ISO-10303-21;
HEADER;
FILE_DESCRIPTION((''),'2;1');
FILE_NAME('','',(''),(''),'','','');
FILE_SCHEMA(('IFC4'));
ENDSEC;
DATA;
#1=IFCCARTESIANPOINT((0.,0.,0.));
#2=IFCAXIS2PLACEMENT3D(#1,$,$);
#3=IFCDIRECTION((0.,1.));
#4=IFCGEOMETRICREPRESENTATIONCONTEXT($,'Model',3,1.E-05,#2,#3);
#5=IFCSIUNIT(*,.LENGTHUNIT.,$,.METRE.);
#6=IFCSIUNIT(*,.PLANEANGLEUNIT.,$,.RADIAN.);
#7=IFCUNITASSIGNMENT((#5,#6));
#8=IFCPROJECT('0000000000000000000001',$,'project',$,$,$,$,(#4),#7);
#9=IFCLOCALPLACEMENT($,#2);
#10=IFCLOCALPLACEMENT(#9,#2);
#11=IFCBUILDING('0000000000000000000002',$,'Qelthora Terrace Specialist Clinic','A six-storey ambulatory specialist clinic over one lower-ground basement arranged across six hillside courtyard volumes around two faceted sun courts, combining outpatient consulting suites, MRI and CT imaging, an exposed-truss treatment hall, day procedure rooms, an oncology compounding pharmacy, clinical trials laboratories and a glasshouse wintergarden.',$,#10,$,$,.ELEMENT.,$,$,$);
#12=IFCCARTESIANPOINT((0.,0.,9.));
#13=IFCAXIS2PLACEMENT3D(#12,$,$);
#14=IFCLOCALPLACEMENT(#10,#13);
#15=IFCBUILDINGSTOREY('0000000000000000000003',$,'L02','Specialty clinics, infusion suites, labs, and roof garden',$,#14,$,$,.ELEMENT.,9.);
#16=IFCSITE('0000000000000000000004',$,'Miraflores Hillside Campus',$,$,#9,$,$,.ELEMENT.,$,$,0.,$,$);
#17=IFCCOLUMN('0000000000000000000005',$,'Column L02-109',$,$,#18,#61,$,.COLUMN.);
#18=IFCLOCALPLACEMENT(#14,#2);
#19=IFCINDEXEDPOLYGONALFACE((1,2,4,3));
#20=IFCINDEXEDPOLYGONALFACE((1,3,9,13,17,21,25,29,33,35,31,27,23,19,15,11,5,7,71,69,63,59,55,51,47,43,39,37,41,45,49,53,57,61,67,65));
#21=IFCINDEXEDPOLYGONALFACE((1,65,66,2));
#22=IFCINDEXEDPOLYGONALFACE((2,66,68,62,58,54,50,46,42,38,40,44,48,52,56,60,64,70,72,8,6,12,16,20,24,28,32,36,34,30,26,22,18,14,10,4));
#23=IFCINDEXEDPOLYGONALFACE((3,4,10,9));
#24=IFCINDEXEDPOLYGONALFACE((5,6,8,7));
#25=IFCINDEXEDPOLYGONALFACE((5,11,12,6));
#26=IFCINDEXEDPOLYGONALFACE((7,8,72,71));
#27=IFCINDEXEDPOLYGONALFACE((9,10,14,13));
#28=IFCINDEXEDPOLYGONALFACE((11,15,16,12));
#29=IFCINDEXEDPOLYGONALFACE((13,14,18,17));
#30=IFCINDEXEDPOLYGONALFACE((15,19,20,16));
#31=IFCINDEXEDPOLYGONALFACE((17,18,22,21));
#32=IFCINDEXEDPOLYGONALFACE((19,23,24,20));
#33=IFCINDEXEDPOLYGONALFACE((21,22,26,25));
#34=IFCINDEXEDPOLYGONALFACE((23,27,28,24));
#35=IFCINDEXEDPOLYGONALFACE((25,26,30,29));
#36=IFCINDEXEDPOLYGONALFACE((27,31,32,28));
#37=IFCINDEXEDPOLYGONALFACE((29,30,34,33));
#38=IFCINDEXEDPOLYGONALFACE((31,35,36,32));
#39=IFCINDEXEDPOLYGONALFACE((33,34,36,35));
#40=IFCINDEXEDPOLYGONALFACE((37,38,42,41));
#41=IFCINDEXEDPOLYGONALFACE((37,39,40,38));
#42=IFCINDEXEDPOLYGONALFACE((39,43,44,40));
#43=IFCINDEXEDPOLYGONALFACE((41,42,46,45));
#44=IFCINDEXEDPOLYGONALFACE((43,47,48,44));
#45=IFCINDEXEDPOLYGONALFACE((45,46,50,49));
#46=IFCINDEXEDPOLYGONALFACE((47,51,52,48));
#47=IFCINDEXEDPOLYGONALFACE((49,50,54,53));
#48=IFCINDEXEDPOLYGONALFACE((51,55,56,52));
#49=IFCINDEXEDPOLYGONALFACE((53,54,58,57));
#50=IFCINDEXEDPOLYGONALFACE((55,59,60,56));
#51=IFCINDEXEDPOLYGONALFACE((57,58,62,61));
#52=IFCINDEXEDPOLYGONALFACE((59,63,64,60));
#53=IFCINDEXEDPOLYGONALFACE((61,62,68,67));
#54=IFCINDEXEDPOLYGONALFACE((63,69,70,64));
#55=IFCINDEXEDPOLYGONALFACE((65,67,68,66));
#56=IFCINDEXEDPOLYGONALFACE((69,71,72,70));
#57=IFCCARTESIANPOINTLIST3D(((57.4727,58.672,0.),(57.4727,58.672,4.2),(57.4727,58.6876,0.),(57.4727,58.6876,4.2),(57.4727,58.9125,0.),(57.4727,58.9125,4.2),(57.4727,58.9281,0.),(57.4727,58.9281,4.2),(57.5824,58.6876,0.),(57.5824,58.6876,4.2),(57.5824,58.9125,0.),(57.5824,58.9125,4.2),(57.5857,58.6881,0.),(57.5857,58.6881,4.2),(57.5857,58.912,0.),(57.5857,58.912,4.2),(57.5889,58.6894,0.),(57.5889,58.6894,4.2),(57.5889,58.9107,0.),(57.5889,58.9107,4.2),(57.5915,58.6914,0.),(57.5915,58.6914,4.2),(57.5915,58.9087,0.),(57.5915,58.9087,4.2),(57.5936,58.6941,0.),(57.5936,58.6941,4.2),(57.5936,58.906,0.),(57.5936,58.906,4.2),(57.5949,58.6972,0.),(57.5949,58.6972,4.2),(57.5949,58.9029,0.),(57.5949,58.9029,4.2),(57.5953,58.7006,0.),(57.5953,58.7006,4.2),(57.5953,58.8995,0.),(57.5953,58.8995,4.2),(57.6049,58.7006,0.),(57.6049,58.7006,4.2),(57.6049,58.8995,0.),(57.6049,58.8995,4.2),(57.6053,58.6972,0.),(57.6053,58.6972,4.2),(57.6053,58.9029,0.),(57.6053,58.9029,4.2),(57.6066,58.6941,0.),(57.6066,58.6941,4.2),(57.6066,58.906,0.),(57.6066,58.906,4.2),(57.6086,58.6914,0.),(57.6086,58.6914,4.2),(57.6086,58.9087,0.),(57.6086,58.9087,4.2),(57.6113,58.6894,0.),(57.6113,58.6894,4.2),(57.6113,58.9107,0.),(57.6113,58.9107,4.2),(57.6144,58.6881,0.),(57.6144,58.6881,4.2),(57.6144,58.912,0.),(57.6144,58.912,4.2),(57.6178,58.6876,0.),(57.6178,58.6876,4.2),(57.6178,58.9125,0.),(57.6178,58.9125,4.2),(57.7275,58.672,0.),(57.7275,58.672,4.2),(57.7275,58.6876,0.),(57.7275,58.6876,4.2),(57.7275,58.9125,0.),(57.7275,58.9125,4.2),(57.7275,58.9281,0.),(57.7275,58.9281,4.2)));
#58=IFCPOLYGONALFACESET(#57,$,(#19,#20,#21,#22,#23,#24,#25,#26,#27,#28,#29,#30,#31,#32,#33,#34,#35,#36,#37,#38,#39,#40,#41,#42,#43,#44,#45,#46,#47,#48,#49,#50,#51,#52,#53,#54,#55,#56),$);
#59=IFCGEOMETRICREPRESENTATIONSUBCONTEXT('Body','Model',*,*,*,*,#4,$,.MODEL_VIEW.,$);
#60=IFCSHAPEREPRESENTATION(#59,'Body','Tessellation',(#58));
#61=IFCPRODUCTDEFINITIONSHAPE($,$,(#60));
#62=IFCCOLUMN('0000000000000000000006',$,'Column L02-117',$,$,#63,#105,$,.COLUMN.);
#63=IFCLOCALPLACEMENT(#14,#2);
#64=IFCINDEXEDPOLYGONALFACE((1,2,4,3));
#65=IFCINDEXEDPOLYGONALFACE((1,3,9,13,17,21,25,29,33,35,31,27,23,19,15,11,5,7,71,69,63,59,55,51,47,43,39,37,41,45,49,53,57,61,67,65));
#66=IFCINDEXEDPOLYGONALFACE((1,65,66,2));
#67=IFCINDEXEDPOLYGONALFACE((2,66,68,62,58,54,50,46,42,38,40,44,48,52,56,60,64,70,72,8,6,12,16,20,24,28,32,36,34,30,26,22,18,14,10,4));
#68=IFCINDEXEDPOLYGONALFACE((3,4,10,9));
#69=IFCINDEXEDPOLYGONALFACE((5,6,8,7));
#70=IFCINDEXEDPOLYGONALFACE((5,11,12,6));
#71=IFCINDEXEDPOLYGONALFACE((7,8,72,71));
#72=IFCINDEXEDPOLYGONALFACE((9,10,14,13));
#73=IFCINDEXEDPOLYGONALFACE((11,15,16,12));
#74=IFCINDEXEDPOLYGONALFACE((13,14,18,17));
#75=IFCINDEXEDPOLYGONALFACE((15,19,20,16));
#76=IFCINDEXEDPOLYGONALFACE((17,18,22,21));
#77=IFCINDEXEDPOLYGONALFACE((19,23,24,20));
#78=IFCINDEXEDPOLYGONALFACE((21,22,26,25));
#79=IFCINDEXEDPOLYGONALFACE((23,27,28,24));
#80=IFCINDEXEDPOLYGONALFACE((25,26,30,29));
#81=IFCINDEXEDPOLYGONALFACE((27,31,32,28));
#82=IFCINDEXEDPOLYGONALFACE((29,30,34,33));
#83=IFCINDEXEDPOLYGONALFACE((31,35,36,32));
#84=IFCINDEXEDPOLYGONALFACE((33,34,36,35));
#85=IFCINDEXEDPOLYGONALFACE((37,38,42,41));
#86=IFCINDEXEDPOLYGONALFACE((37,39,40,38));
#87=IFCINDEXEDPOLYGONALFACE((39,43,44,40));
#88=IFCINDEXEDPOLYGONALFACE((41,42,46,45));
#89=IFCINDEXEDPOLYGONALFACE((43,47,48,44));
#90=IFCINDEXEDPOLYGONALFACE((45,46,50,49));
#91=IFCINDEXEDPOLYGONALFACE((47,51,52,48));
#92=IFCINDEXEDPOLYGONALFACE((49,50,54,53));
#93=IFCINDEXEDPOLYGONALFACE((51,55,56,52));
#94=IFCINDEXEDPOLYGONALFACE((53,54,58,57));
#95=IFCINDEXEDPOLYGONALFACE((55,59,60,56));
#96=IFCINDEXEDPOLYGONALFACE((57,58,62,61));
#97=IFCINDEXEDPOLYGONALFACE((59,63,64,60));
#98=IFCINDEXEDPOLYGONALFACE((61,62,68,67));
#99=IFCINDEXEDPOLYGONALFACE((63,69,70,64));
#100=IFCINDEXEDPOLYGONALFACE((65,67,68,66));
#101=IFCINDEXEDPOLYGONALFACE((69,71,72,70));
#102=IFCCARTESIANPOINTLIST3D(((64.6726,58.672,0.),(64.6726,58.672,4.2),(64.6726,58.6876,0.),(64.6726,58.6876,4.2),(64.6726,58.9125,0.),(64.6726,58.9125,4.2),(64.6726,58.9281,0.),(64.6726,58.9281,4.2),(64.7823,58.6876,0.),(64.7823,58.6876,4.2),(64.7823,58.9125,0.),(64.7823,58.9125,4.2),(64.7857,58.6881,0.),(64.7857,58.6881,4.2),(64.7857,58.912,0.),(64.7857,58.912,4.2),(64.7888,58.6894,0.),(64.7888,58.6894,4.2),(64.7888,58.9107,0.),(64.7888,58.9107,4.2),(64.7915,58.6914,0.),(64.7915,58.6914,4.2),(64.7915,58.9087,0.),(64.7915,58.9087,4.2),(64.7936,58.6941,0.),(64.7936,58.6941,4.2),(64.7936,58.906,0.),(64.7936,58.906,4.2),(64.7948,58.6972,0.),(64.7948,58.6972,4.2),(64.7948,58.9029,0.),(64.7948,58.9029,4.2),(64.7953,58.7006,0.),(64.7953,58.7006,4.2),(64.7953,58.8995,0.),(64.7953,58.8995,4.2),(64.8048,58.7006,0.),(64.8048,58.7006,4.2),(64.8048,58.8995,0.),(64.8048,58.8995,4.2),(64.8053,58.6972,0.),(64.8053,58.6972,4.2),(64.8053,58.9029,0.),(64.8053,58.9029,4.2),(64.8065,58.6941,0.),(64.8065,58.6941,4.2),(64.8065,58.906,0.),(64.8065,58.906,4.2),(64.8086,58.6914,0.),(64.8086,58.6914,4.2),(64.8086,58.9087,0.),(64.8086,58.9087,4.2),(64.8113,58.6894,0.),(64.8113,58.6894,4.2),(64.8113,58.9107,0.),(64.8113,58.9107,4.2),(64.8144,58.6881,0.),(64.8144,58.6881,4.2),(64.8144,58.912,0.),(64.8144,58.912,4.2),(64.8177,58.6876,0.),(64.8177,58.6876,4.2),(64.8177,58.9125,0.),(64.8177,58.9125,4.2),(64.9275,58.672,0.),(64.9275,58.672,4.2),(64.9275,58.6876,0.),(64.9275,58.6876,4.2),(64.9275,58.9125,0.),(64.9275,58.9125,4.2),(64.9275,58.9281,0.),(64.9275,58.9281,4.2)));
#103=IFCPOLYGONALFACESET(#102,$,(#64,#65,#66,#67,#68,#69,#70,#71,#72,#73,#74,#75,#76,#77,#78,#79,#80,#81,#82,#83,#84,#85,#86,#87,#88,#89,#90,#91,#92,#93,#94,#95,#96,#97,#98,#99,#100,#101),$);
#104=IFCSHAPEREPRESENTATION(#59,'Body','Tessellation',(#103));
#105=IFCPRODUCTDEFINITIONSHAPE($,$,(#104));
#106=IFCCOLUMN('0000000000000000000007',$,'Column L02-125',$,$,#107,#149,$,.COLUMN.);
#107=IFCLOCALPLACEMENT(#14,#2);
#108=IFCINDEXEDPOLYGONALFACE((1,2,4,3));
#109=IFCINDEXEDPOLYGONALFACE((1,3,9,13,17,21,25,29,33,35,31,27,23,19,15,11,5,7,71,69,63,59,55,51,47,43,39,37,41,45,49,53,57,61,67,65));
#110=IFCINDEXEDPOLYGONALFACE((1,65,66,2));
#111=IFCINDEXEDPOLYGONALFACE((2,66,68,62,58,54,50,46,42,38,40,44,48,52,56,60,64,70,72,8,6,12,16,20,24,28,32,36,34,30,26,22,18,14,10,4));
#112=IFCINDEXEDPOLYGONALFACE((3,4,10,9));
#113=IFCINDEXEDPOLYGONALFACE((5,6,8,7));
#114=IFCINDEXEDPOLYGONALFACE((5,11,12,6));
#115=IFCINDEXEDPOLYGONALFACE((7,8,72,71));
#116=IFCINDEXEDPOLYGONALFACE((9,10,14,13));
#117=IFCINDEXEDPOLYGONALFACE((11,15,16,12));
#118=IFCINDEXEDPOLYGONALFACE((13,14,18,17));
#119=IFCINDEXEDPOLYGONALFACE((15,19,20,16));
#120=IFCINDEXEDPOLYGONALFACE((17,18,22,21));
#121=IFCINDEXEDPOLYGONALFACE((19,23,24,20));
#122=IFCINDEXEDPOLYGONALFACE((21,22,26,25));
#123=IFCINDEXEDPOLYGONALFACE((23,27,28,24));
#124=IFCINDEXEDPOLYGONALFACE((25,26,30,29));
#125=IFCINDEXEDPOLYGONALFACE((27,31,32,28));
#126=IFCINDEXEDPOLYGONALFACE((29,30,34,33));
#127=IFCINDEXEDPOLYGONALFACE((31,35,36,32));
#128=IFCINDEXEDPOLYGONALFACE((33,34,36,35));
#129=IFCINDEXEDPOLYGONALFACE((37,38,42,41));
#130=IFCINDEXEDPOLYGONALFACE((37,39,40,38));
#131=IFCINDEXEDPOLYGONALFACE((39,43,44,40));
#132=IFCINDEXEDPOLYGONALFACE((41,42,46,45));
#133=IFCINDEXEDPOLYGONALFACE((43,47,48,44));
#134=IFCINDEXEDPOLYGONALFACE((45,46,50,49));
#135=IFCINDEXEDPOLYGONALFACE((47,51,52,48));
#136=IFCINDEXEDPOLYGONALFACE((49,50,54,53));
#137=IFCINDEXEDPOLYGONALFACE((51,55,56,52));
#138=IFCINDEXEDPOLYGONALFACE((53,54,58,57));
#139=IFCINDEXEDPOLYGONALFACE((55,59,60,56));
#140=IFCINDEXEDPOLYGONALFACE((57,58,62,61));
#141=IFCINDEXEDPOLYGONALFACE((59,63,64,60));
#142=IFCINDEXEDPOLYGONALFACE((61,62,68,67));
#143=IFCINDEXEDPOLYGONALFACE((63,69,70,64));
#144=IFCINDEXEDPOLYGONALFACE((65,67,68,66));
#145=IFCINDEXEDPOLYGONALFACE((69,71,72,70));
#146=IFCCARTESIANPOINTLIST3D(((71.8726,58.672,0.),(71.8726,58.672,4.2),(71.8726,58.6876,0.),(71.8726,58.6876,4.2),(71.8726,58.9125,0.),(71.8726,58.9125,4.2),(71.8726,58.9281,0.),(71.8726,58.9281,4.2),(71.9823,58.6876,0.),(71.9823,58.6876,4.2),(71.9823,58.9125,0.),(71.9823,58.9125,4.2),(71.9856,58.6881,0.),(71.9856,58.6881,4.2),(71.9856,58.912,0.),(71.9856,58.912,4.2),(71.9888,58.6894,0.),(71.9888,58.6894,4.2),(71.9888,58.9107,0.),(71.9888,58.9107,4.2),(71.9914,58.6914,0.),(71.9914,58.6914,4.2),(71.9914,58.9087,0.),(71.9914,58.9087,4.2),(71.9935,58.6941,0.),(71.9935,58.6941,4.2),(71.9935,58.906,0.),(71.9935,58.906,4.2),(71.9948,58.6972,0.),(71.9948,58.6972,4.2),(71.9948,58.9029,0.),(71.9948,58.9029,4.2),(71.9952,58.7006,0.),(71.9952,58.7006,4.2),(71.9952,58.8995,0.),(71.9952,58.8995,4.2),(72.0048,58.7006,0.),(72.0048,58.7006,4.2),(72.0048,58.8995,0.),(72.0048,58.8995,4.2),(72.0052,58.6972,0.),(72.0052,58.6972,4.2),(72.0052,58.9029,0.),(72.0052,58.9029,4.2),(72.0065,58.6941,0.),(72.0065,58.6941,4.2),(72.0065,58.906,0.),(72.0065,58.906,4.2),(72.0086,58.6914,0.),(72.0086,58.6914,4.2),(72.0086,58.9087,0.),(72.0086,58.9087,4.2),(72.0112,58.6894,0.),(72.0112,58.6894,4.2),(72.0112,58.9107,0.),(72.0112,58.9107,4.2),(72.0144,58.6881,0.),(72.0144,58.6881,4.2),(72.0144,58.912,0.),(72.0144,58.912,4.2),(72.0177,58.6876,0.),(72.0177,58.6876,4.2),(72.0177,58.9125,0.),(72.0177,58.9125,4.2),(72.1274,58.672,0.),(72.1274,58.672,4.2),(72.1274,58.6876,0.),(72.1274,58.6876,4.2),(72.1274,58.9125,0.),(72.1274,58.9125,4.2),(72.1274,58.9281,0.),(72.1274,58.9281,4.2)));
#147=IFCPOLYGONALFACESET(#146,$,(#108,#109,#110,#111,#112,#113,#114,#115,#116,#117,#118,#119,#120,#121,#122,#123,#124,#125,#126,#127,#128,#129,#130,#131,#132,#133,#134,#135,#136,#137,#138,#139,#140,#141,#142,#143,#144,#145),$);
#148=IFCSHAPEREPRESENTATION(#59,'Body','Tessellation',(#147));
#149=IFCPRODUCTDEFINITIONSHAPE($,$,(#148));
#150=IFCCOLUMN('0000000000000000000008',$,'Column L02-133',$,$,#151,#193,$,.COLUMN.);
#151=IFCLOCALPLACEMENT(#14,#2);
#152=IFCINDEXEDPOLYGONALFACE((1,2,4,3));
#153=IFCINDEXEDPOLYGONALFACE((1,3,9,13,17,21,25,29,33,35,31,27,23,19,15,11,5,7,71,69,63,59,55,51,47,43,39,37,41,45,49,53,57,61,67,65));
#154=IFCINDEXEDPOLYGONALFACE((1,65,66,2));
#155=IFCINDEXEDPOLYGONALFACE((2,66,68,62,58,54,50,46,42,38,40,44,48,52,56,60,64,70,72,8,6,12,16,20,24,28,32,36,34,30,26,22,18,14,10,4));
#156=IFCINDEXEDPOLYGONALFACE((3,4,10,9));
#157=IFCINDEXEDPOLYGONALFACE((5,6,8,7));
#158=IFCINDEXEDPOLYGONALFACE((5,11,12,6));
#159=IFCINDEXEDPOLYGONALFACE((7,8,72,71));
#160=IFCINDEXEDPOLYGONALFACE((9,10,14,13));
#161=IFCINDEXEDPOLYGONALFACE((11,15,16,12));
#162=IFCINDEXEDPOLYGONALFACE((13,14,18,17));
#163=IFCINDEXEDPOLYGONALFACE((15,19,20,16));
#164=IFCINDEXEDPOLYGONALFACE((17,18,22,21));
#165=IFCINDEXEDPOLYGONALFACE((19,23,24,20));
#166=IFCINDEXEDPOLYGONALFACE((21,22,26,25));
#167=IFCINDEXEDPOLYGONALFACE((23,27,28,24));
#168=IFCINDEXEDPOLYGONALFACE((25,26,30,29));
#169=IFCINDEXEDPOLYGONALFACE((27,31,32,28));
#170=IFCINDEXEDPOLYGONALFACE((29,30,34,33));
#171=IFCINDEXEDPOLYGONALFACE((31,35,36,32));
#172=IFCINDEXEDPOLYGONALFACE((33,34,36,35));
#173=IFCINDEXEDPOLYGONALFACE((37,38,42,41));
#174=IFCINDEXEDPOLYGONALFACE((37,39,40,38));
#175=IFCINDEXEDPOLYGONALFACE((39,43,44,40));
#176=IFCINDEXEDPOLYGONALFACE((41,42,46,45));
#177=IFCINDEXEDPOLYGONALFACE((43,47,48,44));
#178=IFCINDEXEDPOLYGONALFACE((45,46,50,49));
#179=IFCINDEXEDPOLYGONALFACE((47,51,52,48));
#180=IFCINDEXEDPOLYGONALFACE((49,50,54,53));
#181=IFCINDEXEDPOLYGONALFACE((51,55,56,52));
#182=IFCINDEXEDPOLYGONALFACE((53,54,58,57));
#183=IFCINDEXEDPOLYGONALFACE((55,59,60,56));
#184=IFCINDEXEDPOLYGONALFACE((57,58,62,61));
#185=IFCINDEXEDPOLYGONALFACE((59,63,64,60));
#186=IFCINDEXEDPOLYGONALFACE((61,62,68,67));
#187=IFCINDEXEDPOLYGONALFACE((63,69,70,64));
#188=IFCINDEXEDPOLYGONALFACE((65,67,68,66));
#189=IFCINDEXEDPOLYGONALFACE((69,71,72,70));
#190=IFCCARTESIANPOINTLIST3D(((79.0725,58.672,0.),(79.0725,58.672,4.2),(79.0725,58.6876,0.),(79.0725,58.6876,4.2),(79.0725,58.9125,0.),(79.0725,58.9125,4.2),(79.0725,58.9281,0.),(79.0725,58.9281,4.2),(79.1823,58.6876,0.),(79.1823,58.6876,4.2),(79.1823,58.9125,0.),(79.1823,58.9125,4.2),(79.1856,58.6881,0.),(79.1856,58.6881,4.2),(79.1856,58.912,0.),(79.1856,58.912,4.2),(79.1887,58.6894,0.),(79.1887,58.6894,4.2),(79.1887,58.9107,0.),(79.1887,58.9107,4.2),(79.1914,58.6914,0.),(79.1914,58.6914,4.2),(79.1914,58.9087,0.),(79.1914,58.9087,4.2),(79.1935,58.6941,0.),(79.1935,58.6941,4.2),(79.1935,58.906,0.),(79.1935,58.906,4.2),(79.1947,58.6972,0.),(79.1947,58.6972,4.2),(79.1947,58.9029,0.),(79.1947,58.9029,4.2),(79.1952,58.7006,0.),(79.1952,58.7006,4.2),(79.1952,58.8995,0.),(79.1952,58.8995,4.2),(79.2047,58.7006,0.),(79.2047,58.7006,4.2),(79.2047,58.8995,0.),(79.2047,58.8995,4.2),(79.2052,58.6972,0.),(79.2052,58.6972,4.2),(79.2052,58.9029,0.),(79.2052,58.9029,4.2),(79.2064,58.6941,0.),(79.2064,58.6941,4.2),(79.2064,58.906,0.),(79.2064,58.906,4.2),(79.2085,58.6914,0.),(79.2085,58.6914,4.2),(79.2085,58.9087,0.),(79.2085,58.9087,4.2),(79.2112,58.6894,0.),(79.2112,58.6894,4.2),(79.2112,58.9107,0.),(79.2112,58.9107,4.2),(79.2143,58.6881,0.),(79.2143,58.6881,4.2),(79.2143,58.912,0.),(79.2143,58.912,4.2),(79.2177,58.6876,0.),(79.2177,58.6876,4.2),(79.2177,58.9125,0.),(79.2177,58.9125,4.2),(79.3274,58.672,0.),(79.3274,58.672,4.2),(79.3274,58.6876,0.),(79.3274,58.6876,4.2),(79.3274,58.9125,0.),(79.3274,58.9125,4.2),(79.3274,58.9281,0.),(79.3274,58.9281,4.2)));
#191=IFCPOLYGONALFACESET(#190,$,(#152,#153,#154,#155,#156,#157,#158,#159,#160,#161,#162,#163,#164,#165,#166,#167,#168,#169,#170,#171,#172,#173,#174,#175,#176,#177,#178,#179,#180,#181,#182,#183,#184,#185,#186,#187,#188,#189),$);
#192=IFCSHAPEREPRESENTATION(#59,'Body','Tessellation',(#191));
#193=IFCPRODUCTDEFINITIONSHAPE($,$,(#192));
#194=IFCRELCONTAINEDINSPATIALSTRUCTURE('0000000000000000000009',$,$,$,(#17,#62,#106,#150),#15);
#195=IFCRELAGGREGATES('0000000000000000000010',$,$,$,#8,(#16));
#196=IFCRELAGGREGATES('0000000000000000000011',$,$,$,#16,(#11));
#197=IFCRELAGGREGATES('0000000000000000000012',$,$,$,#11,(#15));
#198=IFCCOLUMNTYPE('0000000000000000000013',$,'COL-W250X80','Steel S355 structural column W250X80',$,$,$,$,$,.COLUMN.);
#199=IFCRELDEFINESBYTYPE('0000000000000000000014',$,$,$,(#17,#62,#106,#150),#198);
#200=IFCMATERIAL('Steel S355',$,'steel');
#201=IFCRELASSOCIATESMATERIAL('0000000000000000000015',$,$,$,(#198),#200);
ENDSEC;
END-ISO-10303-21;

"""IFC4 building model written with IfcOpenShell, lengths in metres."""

from ifc_helpers import new_model, si_unit, direction, frame, origin, origin_2d, place, context, subcontext, project, spatial, i_section, extrude, material, material_profile, profile_set, type_object, element, save


model = new_model("IFC4")

# Units and contexts
model_context = context("Model", 3, precision=1e-05, world=origin(), true_north=direction((0.0, 1.0)))
body_context = subcontext(model_context, "Body", "Model", "MODEL_VIEW")
ifc_project = project(units=[si_unit("LENGTHUNIT", "METRE"), si_unit("PLANEANGLEUNIT", "RADIAN")], contexts=[model_context])

# Site, building, storey
site_placement = place(None, origin())
site = spatial("IfcSite", under=ifc_project, at=site_placement, Name="Miraflores Hillside Campus", CompositionType="ELEMENT", RefElevation=0.0)
building_placement = place(site_placement, origin())
building = spatial("IfcBuilding", under=site, at=building_placement, Name="Qelthora Terrace Specialist Clinic", Description="A six-storey ambulatory specialist clinic over one lower-ground basement arranged across six hillside courtyard volumes around two faceted sun courts, combining outpatient consulting suites, MRI and CT imaging, an exposed-truss treatment hall, day procedure rooms, an oncology compounding pharmacy, clinical trials laboratories and a glasshouse wintergarden.", CompositionType="ELEMENT")
storey_placement = place(building_placement, frame((0.0, 0.0, 9.0)))
storey = spatial("IfcBuildingStorey", under=building, at=storey_placement, Name="L02", Description="Specialty clinics, infusion suites, labs, and roof garden", CompositionType="ELEMENT", Elevation=9.0)

# Columns
ifc_material = material(Name="Steel S355", Category="steel")
ifc_material_profile_1 = material_profile(ifc_material, i_section(OverallWidth=0.2549, OverallDepth=0.2561, WebThickness=0.0095, FlangeThickness=0.0156, FilletRadius=0.0129, at=origin_2d()), Name="W250X80")
ifc_profile_set_1 = profile_set([ifc_material_profile_1], Name="Steel S355")
column_type = type_object("IfcColumnType", Name="COL-W250X80", Description="Steel S355 structural column W250X80", PredefinedType="COLUMN", material=ifc_profile_set_1)
for number, where, z_axis, x_axis, name in (
    (1, (57.6001, 58.8, 0.0), (0.0, 0.0, 1.0), (1.0, 0.0, 0.0), "Column L02-109"),
    (2, (64.8, 58.8, 0.0), (0.0, 0.0, 1.0), (1.0, 0.0, 0.0), "Column L02-117"),
    (3, (72.0, 58.8, 0.0), (0.0, 0.0, 1.0), (1.0, 0.0, 0.0), "Column L02-125"),
    (4, (79.2, 58.8, 0.0), (0.0, 0.0, 1.0), (1.0, 0.0, 0.0), "Column L02-133"),
):
    element("IfcColumn", number, at=place(storey_placement, frame(where, z_axis=z_axis, x_axis=x_axis)), inside=storey, type_object=column_type, Name=name, PredefinedType="COLUMN", context=body_context, shape_type="SweptSolid", body=[
        extrude(i_section(OverallWidth=0.2549, OverallDepth=0.2561, WebThickness=0.0095, FlangeThickness=0.0156, FilletRadius=0.0129, at=origin_2d()), origin(), (0.0, 0.0, 1.0), 4.2),
    ])

save(model, "model.ifc")
